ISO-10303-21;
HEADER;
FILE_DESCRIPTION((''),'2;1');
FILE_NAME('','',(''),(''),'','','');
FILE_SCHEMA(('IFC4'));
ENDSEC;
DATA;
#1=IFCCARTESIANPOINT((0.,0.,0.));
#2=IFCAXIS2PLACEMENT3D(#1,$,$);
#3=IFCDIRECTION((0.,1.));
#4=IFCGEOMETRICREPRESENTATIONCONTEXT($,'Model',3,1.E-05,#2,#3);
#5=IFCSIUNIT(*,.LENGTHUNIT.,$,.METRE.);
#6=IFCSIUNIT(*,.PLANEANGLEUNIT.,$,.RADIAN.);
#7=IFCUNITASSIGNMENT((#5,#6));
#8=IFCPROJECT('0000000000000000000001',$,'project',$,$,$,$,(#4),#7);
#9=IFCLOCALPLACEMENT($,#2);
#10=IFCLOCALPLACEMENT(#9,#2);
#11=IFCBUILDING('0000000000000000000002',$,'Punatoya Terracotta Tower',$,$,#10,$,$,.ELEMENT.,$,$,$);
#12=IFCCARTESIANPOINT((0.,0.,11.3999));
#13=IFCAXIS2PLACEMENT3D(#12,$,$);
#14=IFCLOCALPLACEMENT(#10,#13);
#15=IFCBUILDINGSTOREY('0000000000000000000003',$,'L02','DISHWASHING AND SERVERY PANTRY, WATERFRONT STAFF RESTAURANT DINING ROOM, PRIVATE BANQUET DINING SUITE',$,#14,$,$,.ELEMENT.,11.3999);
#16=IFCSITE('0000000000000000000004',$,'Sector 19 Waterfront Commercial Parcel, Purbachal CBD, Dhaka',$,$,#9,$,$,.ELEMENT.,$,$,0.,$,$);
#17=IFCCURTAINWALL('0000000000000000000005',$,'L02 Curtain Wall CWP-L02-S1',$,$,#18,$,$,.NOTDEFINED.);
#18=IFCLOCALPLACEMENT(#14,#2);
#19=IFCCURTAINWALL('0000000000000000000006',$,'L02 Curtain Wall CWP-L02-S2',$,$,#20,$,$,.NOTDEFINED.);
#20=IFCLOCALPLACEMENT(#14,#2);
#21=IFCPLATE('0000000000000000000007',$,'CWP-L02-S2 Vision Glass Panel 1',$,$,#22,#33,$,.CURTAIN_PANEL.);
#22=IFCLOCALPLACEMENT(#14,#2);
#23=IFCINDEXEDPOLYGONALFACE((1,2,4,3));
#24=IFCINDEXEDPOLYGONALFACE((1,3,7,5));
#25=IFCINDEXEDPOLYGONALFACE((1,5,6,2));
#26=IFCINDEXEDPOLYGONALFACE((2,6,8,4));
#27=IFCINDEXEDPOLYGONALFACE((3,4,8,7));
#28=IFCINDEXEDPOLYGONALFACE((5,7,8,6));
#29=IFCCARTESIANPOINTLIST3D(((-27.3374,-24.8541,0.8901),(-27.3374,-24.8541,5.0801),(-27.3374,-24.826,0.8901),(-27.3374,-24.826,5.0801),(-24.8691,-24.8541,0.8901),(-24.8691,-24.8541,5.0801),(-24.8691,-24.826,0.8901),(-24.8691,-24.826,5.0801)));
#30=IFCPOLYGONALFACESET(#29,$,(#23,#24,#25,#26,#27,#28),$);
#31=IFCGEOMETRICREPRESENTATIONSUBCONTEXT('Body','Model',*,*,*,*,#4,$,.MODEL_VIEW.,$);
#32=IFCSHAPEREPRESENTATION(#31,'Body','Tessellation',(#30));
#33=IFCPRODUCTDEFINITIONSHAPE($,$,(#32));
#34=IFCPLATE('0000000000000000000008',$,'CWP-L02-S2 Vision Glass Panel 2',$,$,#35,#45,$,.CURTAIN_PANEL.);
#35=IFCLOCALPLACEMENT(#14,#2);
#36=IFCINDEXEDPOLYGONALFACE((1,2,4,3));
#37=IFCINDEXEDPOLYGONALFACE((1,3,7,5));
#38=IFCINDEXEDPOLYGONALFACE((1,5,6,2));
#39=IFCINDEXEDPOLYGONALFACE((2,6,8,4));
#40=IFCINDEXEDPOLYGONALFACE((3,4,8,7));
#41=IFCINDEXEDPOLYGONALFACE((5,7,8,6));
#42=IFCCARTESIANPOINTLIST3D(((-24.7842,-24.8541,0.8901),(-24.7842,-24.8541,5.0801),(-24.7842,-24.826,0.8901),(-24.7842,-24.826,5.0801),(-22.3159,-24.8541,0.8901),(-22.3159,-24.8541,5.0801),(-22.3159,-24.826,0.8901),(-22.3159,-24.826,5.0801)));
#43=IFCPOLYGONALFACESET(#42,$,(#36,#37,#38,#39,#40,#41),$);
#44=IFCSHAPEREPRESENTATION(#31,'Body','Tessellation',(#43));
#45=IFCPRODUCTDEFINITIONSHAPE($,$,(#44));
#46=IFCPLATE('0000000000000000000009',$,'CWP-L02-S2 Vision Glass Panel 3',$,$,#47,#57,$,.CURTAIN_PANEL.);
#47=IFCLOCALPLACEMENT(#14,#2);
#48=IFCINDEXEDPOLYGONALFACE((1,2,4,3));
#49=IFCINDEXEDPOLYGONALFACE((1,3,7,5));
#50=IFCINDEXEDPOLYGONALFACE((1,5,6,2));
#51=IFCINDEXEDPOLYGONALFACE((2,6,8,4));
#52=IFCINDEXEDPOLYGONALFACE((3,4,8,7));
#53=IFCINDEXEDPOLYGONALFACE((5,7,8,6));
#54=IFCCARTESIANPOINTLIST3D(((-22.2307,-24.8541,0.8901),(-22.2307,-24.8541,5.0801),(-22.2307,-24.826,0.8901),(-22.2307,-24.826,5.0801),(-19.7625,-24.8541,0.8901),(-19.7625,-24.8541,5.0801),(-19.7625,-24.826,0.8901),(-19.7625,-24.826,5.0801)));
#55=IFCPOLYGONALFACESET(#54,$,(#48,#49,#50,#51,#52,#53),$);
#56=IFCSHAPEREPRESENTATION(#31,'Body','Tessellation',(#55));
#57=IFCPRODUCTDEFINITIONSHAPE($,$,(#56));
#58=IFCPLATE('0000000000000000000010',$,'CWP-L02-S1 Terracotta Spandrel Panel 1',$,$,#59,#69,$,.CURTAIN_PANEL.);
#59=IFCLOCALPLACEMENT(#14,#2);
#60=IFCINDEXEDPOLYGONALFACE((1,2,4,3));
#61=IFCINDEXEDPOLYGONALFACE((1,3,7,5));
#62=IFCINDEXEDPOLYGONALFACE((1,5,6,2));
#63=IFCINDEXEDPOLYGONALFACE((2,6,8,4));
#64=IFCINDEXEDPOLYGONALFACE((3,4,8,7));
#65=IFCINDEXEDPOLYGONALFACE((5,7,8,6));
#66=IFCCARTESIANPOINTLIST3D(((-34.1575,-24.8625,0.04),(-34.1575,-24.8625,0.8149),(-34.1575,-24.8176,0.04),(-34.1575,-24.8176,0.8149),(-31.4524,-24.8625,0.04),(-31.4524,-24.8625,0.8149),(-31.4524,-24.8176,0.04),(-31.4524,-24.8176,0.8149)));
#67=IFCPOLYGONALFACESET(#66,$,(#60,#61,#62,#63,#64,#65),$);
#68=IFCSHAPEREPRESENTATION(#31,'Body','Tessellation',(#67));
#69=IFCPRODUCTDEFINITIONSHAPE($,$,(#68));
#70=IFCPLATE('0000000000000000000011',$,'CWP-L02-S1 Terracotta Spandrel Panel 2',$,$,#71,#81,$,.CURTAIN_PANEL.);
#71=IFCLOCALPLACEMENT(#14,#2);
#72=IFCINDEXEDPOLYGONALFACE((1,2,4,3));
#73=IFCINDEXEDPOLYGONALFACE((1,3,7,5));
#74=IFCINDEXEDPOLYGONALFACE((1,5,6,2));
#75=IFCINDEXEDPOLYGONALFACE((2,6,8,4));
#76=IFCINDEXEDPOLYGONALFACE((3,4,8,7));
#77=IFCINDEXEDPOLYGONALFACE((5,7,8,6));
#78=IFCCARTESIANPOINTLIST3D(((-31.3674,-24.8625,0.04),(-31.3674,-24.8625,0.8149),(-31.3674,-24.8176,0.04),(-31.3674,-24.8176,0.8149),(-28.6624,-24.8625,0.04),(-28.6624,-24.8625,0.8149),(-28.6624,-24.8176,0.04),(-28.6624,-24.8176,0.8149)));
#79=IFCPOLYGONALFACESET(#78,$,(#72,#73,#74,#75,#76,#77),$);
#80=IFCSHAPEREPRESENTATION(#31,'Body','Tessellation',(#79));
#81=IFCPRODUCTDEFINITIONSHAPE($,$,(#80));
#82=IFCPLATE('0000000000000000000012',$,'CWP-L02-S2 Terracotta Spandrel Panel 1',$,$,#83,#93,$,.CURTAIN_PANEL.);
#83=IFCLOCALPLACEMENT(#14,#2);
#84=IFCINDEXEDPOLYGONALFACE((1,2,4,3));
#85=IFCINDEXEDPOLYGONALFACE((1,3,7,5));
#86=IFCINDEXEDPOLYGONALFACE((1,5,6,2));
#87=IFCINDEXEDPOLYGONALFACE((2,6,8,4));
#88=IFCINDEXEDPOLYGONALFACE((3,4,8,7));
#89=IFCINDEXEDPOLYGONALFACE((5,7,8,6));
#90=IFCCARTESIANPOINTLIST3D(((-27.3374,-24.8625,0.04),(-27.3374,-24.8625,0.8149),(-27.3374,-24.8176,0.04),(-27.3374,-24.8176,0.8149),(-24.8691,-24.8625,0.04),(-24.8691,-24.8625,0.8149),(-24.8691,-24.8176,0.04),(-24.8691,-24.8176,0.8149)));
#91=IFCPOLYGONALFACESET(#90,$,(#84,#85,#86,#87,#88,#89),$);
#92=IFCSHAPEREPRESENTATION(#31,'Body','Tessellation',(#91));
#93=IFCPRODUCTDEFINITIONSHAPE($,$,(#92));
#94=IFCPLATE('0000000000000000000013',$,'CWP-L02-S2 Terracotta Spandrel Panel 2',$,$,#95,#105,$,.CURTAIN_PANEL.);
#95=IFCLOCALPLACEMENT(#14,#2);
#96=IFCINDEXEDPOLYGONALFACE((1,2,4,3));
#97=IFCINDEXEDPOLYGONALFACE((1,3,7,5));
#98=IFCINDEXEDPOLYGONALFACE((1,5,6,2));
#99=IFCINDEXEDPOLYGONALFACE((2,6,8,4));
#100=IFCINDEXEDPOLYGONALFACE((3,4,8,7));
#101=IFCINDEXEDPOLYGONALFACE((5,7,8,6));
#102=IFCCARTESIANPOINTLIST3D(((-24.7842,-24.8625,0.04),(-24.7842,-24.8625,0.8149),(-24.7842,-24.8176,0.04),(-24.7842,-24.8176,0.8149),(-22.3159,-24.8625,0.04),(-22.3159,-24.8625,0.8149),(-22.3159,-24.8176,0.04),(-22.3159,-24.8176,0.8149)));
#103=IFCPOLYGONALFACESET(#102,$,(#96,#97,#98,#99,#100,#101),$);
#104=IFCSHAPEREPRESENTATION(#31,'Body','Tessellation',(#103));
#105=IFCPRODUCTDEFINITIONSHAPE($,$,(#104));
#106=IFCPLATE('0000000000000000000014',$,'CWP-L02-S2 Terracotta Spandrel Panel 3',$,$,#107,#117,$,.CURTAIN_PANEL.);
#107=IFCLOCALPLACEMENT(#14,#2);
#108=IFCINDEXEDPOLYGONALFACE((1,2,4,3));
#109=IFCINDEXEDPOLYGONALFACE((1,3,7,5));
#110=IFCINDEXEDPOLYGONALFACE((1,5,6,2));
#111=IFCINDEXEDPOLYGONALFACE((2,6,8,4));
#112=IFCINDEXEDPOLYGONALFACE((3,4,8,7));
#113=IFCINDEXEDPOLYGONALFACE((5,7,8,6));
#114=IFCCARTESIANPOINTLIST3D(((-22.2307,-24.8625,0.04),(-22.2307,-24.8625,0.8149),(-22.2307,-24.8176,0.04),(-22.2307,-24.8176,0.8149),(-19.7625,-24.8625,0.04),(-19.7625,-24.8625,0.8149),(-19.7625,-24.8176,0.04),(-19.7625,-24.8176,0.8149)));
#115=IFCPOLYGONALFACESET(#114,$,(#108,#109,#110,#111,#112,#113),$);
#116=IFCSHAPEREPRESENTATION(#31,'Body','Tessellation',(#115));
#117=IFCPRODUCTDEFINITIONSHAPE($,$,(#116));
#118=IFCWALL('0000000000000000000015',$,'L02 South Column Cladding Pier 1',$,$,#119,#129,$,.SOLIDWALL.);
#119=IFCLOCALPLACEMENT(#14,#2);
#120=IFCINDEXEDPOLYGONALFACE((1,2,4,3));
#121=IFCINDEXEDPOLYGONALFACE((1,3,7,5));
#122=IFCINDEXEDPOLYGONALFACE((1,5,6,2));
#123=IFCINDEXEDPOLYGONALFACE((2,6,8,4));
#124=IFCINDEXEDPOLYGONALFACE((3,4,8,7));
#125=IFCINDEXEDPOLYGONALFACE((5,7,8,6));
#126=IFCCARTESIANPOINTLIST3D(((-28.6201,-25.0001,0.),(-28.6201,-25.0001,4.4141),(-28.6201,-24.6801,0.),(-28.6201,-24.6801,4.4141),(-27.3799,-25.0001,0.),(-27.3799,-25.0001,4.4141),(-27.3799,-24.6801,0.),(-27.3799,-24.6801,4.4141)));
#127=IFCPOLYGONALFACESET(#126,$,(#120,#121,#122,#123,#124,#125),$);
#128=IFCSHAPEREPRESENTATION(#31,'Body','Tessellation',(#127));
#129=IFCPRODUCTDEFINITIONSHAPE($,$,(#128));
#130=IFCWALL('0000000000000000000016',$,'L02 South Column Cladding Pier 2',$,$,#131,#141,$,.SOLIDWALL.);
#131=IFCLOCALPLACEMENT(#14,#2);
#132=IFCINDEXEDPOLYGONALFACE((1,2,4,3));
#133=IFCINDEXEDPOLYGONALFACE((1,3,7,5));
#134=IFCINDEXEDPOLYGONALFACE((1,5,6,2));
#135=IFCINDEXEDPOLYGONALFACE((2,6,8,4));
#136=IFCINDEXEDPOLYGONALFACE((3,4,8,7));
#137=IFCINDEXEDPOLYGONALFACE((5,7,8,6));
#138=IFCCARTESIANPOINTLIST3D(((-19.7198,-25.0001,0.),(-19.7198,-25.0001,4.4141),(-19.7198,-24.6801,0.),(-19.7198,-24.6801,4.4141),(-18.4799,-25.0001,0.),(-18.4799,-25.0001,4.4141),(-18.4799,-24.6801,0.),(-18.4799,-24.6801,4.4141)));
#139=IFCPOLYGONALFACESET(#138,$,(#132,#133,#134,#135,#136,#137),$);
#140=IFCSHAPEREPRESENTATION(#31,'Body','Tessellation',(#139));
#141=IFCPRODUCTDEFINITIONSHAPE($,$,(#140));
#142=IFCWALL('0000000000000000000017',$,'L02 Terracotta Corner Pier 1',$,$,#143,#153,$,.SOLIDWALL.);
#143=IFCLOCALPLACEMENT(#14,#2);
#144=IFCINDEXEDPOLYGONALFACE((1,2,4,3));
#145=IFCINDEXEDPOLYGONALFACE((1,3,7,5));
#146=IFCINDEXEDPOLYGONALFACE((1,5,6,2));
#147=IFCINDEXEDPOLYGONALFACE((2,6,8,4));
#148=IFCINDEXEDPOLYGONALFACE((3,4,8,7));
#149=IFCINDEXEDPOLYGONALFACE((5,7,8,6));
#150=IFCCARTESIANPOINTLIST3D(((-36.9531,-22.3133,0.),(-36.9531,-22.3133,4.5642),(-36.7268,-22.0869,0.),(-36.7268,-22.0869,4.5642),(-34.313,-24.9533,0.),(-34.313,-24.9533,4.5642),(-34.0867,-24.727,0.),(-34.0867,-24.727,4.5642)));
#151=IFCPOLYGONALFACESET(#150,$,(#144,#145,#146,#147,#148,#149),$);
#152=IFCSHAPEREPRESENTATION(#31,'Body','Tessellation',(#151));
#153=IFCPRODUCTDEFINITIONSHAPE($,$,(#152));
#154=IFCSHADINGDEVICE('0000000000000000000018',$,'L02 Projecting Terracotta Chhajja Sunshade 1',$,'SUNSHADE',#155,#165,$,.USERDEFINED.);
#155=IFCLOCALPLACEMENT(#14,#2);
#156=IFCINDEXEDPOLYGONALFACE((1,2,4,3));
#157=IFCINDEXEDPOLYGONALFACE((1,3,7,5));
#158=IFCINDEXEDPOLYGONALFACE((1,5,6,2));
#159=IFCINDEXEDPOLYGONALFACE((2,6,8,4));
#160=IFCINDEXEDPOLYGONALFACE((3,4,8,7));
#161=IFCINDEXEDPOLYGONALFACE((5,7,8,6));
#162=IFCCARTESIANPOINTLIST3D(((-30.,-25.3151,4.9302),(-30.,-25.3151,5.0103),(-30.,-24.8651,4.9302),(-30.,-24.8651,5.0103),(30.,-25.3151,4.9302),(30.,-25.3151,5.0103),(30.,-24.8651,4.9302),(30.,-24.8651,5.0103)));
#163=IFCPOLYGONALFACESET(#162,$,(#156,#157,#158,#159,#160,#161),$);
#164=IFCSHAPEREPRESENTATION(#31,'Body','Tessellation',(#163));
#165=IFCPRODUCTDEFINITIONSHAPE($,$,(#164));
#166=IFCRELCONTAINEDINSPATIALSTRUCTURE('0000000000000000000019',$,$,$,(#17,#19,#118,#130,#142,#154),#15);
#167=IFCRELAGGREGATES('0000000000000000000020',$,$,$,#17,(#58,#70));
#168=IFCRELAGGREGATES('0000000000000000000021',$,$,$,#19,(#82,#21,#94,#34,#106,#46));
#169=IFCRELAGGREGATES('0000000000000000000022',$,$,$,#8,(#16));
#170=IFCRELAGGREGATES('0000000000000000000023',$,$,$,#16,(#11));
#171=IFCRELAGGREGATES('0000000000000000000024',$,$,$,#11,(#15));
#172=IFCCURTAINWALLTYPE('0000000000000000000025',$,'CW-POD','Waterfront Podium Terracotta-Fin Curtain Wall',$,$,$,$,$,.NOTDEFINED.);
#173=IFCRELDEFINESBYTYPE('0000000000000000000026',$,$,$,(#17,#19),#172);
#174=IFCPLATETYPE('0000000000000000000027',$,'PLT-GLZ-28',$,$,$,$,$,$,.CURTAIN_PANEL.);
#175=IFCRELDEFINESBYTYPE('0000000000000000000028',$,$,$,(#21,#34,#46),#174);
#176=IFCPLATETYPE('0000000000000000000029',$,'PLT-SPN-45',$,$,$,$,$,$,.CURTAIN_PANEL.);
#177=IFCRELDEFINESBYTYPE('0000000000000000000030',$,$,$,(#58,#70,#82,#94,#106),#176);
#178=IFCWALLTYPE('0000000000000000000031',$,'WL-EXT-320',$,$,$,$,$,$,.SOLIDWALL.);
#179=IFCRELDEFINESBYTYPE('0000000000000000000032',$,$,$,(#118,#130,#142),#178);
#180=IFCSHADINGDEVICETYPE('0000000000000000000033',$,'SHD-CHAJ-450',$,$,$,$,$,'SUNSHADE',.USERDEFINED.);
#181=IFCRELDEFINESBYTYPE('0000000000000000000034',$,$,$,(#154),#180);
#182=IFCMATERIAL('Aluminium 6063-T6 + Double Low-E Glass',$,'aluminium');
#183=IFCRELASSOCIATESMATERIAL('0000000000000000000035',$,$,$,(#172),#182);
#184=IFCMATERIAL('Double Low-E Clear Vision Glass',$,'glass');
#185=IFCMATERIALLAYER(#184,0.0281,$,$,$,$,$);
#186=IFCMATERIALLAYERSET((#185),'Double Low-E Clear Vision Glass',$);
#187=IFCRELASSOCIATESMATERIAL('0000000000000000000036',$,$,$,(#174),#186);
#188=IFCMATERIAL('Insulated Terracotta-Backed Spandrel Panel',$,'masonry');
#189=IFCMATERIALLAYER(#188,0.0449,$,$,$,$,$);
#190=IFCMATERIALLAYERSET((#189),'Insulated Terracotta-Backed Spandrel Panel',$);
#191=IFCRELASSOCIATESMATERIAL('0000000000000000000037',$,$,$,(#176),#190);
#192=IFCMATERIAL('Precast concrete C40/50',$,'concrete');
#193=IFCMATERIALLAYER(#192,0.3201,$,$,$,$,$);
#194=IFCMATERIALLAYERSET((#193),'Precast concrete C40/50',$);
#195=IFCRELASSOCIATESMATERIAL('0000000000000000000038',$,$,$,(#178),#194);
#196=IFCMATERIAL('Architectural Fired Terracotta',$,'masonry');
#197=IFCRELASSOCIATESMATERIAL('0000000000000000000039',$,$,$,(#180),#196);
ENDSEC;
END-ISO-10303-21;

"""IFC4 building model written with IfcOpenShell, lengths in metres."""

from ifc_helpers import new_model, si_unit, direction, frame, frame_2d, origin, origin_2d, place, context, subcontext, project, spatial, rectangle, extrude, material, layer, layer_set, material_profile, profile_set, type_object, element, aggregate, save


model = new_model("IFC4")

# Units and contexts
model_context = context("Model", 3, precision=1e-05, world=origin(), true_north=direction((0.0, 1.0)))
body_context = subcontext(model_context, "Body", "Model", "MODEL_VIEW")
ifc_project = project(units=[si_unit("LENGTHUNIT", "METRE"), si_unit("PLANEANGLEUNIT", "RADIAN")], contexts=[model_context])

# Site, building, storey
site_placement = place(None, origin())
site = spatial("IfcSite", under=ifc_project, at=site_placement, Name="Sector 19 Waterfront Commercial Parcel, Purbachal CBD, Dhaka", CompositionType="ELEMENT", RefElevation=0.0)
building_placement = place(site_placement, origin())
building = spatial("IfcBuilding", under=site, at=building_placement, Name="Punatoya Terracotta Tower", CompositionType="ELEMENT")
storey_placement = place(building_placement, frame((0.0, 0.0, 11.3999)))
storey = spatial("IfcBuildingStorey", under=building, at=storey_placement, Name="L02", Description="DISHWASHING AND SERVERY PANTRY, WATERFRONT STAFF RESTAURANT DINING ROOM, PRIVATE BANQUET DINING SUITE", CompositionType="ELEMENT", Elevation=11.3999)

# Curtain walls
ifc_material_1 = material(Name="Aluminium 6063-T6 + Double Low-E Glass", Category="aluminium")
curtain_wall_type = type_object("IfcCurtainWallType", Name="CW-POD", Description="Waterfront Podium Terracotta-Fin Curtain Wall", PredefinedType="NOTDEFINED", material=ifc_material_1)
curtain_wall_1_placement = place(storey_placement, origin())
curtain_wall_1 = element("IfcCurtainWall", 1, at=curtain_wall_1_placement, inside=storey, type_object=curtain_wall_type, Name="L02 Curtain Wall CWP-L02-S1", PredefinedType="NOTDEFINED")
curtain_wall_2_placement = place(storey_placement, origin())
curtain_wall_2 = element("IfcCurtainWall", 2, at=curtain_wall_2_placement, inside=storey, type_object=curtain_wall_type, Name="L02 Curtain Wall CWP-L02-S2", PredefinedType="NOTDEFINED")

# Plates
ifc_material_2 = material(Name="Double Low-E Clear Vision Glass", Category="glass")
ifc_layer_1 = layer(ifc_material_2, 0.0281)
ifc_layer_set_1 = layer_set([ifc_layer_1], Name="Double Low-E Clear Vision Glass")
plate_type_1 = type_object("IfcPlateType", Name="PLT-GLZ-28", PredefinedType="CURTAIN_PANEL", material=ifc_layer_set_1)
plate_1_placement = place(storey_placement, frame((-26.1033, -24.8401, 0.8901), z_axis=(0.0, 0.0, 1.0), x_axis=(1.0, 0.0, 0.0)))
plate_1 = element("IfcPlate", 3, at=plate_1_placement, type_object=plate_type_1, Name="CWP-L02-S2 Vision Glass Panel 1", PredefinedType="CURTAIN_PANEL", context=body_context, shape_type="SweptSolid", body=[
    extrude(rectangle(XDim=2.4683, YDim=0.0281, at=origin_2d()), origin(), (0.0, 0.0, 1.0), 4.1899),
])
plate_2_placement = place(storey_placement, frame((-23.55, -24.8401, 0.8901), z_axis=(0.0, 0.0, 1.0), x_axis=(1.0, 0.0, 0.0)))
plate_2 = element("IfcPlate", 4, at=plate_2_placement, type_object=plate_type_1, Name="CWP-L02-S2 Vision Glass Panel 2", PredefinedType="CURTAIN_PANEL", context=body_context, shape_type="SweptSolid", body=[
    extrude(rectangle(XDim=2.4683, YDim=0.0281, at=origin_2d()), origin(), (0.0, 0.0, 1.0), 4.1899),
])
plate_3_placement = place(storey_placement, frame((-20.9966, -24.8401, 0.8901), z_axis=(0.0, 0.0, 1.0), x_axis=(1.0, 0.0, 0.0)))
plate_3 = element("IfcPlate", 5, at=plate_3_placement, type_object=plate_type_1, Name="CWP-L02-S2 Vision Glass Panel 3", PredefinedType="CURTAIN_PANEL", context=body_context, shape_type="SweptSolid", body=[
    extrude(rectangle(XDim=2.4683, YDim=0.0281, at=origin_2d()), origin(), (0.0, 0.0, 1.0), 4.1899),
])
ifc_material_3 = material(Name="Insulated Terracotta-Backed Spandrel Panel", Category="masonry")
ifc_layer_2 = layer(ifc_material_3, 0.0449)
ifc_layer_set_2 = layer_set([ifc_layer_2], Name="Insulated Terracotta-Backed Spandrel Panel")
plate_type_2 = type_object("IfcPlateType", Name="PLT-SPN-45", PredefinedType="CURTAIN_PANEL", material=ifc_layer_set_2)
plate_4_placement = place(storey_placement, frame((-32.8049, -24.8401, 0.04), z_axis=(0.0, 0.0, 1.0), x_axis=(1.0, 0.0, 0.0)))
plate_4 = element("IfcPlate", 6, at=plate_4_placement, type_object=plate_type_2, Name="CWP-L02-S1 Terracotta Spandrel Panel 1", PredefinedType="CURTAIN_PANEL", context=body_context, shape_type="SweptSolid", body=[
    extrude(rectangle(XDim=2.7051, YDim=0.0449, at=origin_2d()), origin(), (0.0, 0.0, 1.0), 0.7749),
])
plate_5_placement = place(storey_placement, frame((-30.0149, -24.8401, 0.04), z_axis=(0.0, 0.0, 1.0), x_axis=(1.0, 0.0, 0.0)))
plate_5 = element("IfcPlate", 7, at=plate_5_placement, type_object=plate_type_2, Name="CWP-L02-S1 Terracotta Spandrel Panel 2", PredefinedType="CURTAIN_PANEL", context=body_context, shape_type="SweptSolid", body=[
    extrude(rectangle(XDim=2.7051, YDim=0.0449, at=origin_2d()), origin(), (0.0, 0.0, 1.0), 0.7749),
])
aggregate(curtain_wall_1, [plate_4, plate_5])
plate_6_placement = place(storey_placement, frame((-26.1033, -24.8401, 0.04), z_axis=(0.0, 0.0, 1.0), x_axis=(1.0, 0.0, 0.0)))
plate_6 = element("IfcPlate", 8, at=plate_6_placement, type_object=plate_type_2, Name="CWP-L02-S2 Terracotta Spandrel Panel 1", PredefinedType="CURTAIN_PANEL", context=body_context, shape_type="SweptSolid", body=[
    extrude(rectangle(XDim=2.4683, YDim=0.0449, at=origin_2d()), origin(), (0.0, 0.0, 1.0), 0.7749),
])
plate_7_placement = place(storey_placement, frame((-23.55, -24.8401, 0.04), z_axis=(0.0, 0.0, 1.0), x_axis=(1.0, 0.0, 0.0)))
plate_7 = element("IfcPlate", 9, at=plate_7_placement, type_object=plate_type_2, Name="CWP-L02-S2 Terracotta Spandrel Panel 2", PredefinedType="CURTAIN_PANEL", context=body_context, shape_type="SweptSolid", body=[
    extrude(rectangle(XDim=2.4683, YDim=0.0449, at=origin_2d()), origin(), (0.0, 0.0, 1.0), 0.7749),
])
plate_8_placement = place(storey_placement, frame((-20.9966, -24.8401, 0.04), z_axis=(0.0, 0.0, 1.0), x_axis=(1.0, 0.0, 0.0)))
plate_8 = element("IfcPlate", 10, at=plate_8_placement, type_object=plate_type_2, Name="CWP-L02-S2 Terracotta Spandrel Panel 3", PredefinedType="CURTAIN_PANEL", context=body_context, shape_type="SweptSolid", body=[
    extrude(rectangle(XDim=2.4683, YDim=0.0449, at=origin_2d()), origin(), (0.0, 0.0, 1.0), 0.7749),
])
aggregate(curtain_wall_2, [plate_6, plate_1, plate_7, plate_2, plate_8, plate_3])

# Walls
ifc_material_4 = material(Name="Precast concrete C40/50", Category="concrete")
ifc_layer_3 = layer(ifc_material_4, 0.3201)
ifc_layer_set_3 = layer_set([ifc_layer_3], Name="Precast concrete C40/50")
wall_type = type_object("IfcWallType", Name="WL-EXT-320", PredefinedType="SOLIDWALL", material=ifc_layer_set_3)
wall_1_placement = place(storey_placement, frame((-28.6201, -24.8401, 0.0), z_axis=(0.0, 0.0, 1.0), x_axis=(1.0, 0.0, 0.0)))
element("IfcWall", 11, at=wall_1_placement, inside=storey, type_object=wall_type, Name="L02 South Column Cladding Pier 1", PredefinedType="SOLIDWALL", context=body_context, shape_type="SweptSolid", body=[
    extrude(rectangle(XDim=1.2402, YDim=0.3201, at=frame_2d((0.6201, 0.0))), origin(), (0.0, 0.0, 1.0), 4.4141),
])
wall_2_placement = place(storey_placement, frame((-19.72, -24.8401, 0.0), z_axis=(0.0, 0.0, 1.0), x_axis=(1.0, 0.0, 0.0)))
element("IfcWall", 12, at=wall_2_placement, inside=storey, type_object=wall_type, Name="L02 South Column Cladding Pier 2", PredefinedType="SOLIDWALL", context=body_context, shape_type="SweptSolid", body=[
    extrude(rectangle(XDim=1.24, YDim=0.3201, at=frame_2d((0.6201, 0.0))), origin(), (0.0, 0.0, 1.0), 4.4141),
])
wall_3_placement = place(storey_placement, frame((-34.2, -24.8401, 0.0), z_axis=(0.0, 0.0, 1.0), x_axis=(-0.707107, 0.707107, 0.0)))
element("IfcWall", 13, at=wall_3_placement, inside=storey, type_object=wall_type, Name="L02 Terracotta Corner Pier 1", PredefinedType="SOLIDWALL", context=body_context, shape_type="SweptSolid", body=[
    extrude(rectangle(XDim=3.7336, YDim=0.3201, at=frame_2d((1.8667, 0.0))), origin(), (0.0, 0.0, 1.0), 4.5642),
])

# Shading device
ifc_material_5 = material(Name="Architectural Fired Terracotta", Category="masonry")
ifc_material_profile_1 = material_profile(ifc_material_5, rectangle(XDim=0.45, YDim=0.0801, at=origin_2d()))
ifc_profile_set_1 = profile_set([ifc_material_profile_1], Name="Architectural Fired Terracotta")
shading_device_type = type_object("IfcShadingDeviceType", Name="SHD-CHAJ-450", ElementType="SUNSHADE", PredefinedType="USERDEFINED", material=ifc_profile_set_1)
shading_device_placement = place(storey_placement, frame((-30.0, -25.0901, 4.9702), z_axis=(1.0, 0.0, 0.0), x_axis=(0.0, 1.0, 0.0)))
element("IfcShadingDevice", 14, at=shading_device_placement, inside=storey, type_object=shading_device_type, Name="L02 Projecting Terracotta Chhajja Sunshade 1", ObjectType="SUNSHADE", PredefinedType="USERDEFINED", context=body_context, shape_type="SweptSolid", body=[
    extrude(rectangle(XDim=0.45, YDim=0.0801, at=origin_2d()), origin(), (0.0, 0.0, 1.0), 60.0),
])

save(model, "model.ifc")
